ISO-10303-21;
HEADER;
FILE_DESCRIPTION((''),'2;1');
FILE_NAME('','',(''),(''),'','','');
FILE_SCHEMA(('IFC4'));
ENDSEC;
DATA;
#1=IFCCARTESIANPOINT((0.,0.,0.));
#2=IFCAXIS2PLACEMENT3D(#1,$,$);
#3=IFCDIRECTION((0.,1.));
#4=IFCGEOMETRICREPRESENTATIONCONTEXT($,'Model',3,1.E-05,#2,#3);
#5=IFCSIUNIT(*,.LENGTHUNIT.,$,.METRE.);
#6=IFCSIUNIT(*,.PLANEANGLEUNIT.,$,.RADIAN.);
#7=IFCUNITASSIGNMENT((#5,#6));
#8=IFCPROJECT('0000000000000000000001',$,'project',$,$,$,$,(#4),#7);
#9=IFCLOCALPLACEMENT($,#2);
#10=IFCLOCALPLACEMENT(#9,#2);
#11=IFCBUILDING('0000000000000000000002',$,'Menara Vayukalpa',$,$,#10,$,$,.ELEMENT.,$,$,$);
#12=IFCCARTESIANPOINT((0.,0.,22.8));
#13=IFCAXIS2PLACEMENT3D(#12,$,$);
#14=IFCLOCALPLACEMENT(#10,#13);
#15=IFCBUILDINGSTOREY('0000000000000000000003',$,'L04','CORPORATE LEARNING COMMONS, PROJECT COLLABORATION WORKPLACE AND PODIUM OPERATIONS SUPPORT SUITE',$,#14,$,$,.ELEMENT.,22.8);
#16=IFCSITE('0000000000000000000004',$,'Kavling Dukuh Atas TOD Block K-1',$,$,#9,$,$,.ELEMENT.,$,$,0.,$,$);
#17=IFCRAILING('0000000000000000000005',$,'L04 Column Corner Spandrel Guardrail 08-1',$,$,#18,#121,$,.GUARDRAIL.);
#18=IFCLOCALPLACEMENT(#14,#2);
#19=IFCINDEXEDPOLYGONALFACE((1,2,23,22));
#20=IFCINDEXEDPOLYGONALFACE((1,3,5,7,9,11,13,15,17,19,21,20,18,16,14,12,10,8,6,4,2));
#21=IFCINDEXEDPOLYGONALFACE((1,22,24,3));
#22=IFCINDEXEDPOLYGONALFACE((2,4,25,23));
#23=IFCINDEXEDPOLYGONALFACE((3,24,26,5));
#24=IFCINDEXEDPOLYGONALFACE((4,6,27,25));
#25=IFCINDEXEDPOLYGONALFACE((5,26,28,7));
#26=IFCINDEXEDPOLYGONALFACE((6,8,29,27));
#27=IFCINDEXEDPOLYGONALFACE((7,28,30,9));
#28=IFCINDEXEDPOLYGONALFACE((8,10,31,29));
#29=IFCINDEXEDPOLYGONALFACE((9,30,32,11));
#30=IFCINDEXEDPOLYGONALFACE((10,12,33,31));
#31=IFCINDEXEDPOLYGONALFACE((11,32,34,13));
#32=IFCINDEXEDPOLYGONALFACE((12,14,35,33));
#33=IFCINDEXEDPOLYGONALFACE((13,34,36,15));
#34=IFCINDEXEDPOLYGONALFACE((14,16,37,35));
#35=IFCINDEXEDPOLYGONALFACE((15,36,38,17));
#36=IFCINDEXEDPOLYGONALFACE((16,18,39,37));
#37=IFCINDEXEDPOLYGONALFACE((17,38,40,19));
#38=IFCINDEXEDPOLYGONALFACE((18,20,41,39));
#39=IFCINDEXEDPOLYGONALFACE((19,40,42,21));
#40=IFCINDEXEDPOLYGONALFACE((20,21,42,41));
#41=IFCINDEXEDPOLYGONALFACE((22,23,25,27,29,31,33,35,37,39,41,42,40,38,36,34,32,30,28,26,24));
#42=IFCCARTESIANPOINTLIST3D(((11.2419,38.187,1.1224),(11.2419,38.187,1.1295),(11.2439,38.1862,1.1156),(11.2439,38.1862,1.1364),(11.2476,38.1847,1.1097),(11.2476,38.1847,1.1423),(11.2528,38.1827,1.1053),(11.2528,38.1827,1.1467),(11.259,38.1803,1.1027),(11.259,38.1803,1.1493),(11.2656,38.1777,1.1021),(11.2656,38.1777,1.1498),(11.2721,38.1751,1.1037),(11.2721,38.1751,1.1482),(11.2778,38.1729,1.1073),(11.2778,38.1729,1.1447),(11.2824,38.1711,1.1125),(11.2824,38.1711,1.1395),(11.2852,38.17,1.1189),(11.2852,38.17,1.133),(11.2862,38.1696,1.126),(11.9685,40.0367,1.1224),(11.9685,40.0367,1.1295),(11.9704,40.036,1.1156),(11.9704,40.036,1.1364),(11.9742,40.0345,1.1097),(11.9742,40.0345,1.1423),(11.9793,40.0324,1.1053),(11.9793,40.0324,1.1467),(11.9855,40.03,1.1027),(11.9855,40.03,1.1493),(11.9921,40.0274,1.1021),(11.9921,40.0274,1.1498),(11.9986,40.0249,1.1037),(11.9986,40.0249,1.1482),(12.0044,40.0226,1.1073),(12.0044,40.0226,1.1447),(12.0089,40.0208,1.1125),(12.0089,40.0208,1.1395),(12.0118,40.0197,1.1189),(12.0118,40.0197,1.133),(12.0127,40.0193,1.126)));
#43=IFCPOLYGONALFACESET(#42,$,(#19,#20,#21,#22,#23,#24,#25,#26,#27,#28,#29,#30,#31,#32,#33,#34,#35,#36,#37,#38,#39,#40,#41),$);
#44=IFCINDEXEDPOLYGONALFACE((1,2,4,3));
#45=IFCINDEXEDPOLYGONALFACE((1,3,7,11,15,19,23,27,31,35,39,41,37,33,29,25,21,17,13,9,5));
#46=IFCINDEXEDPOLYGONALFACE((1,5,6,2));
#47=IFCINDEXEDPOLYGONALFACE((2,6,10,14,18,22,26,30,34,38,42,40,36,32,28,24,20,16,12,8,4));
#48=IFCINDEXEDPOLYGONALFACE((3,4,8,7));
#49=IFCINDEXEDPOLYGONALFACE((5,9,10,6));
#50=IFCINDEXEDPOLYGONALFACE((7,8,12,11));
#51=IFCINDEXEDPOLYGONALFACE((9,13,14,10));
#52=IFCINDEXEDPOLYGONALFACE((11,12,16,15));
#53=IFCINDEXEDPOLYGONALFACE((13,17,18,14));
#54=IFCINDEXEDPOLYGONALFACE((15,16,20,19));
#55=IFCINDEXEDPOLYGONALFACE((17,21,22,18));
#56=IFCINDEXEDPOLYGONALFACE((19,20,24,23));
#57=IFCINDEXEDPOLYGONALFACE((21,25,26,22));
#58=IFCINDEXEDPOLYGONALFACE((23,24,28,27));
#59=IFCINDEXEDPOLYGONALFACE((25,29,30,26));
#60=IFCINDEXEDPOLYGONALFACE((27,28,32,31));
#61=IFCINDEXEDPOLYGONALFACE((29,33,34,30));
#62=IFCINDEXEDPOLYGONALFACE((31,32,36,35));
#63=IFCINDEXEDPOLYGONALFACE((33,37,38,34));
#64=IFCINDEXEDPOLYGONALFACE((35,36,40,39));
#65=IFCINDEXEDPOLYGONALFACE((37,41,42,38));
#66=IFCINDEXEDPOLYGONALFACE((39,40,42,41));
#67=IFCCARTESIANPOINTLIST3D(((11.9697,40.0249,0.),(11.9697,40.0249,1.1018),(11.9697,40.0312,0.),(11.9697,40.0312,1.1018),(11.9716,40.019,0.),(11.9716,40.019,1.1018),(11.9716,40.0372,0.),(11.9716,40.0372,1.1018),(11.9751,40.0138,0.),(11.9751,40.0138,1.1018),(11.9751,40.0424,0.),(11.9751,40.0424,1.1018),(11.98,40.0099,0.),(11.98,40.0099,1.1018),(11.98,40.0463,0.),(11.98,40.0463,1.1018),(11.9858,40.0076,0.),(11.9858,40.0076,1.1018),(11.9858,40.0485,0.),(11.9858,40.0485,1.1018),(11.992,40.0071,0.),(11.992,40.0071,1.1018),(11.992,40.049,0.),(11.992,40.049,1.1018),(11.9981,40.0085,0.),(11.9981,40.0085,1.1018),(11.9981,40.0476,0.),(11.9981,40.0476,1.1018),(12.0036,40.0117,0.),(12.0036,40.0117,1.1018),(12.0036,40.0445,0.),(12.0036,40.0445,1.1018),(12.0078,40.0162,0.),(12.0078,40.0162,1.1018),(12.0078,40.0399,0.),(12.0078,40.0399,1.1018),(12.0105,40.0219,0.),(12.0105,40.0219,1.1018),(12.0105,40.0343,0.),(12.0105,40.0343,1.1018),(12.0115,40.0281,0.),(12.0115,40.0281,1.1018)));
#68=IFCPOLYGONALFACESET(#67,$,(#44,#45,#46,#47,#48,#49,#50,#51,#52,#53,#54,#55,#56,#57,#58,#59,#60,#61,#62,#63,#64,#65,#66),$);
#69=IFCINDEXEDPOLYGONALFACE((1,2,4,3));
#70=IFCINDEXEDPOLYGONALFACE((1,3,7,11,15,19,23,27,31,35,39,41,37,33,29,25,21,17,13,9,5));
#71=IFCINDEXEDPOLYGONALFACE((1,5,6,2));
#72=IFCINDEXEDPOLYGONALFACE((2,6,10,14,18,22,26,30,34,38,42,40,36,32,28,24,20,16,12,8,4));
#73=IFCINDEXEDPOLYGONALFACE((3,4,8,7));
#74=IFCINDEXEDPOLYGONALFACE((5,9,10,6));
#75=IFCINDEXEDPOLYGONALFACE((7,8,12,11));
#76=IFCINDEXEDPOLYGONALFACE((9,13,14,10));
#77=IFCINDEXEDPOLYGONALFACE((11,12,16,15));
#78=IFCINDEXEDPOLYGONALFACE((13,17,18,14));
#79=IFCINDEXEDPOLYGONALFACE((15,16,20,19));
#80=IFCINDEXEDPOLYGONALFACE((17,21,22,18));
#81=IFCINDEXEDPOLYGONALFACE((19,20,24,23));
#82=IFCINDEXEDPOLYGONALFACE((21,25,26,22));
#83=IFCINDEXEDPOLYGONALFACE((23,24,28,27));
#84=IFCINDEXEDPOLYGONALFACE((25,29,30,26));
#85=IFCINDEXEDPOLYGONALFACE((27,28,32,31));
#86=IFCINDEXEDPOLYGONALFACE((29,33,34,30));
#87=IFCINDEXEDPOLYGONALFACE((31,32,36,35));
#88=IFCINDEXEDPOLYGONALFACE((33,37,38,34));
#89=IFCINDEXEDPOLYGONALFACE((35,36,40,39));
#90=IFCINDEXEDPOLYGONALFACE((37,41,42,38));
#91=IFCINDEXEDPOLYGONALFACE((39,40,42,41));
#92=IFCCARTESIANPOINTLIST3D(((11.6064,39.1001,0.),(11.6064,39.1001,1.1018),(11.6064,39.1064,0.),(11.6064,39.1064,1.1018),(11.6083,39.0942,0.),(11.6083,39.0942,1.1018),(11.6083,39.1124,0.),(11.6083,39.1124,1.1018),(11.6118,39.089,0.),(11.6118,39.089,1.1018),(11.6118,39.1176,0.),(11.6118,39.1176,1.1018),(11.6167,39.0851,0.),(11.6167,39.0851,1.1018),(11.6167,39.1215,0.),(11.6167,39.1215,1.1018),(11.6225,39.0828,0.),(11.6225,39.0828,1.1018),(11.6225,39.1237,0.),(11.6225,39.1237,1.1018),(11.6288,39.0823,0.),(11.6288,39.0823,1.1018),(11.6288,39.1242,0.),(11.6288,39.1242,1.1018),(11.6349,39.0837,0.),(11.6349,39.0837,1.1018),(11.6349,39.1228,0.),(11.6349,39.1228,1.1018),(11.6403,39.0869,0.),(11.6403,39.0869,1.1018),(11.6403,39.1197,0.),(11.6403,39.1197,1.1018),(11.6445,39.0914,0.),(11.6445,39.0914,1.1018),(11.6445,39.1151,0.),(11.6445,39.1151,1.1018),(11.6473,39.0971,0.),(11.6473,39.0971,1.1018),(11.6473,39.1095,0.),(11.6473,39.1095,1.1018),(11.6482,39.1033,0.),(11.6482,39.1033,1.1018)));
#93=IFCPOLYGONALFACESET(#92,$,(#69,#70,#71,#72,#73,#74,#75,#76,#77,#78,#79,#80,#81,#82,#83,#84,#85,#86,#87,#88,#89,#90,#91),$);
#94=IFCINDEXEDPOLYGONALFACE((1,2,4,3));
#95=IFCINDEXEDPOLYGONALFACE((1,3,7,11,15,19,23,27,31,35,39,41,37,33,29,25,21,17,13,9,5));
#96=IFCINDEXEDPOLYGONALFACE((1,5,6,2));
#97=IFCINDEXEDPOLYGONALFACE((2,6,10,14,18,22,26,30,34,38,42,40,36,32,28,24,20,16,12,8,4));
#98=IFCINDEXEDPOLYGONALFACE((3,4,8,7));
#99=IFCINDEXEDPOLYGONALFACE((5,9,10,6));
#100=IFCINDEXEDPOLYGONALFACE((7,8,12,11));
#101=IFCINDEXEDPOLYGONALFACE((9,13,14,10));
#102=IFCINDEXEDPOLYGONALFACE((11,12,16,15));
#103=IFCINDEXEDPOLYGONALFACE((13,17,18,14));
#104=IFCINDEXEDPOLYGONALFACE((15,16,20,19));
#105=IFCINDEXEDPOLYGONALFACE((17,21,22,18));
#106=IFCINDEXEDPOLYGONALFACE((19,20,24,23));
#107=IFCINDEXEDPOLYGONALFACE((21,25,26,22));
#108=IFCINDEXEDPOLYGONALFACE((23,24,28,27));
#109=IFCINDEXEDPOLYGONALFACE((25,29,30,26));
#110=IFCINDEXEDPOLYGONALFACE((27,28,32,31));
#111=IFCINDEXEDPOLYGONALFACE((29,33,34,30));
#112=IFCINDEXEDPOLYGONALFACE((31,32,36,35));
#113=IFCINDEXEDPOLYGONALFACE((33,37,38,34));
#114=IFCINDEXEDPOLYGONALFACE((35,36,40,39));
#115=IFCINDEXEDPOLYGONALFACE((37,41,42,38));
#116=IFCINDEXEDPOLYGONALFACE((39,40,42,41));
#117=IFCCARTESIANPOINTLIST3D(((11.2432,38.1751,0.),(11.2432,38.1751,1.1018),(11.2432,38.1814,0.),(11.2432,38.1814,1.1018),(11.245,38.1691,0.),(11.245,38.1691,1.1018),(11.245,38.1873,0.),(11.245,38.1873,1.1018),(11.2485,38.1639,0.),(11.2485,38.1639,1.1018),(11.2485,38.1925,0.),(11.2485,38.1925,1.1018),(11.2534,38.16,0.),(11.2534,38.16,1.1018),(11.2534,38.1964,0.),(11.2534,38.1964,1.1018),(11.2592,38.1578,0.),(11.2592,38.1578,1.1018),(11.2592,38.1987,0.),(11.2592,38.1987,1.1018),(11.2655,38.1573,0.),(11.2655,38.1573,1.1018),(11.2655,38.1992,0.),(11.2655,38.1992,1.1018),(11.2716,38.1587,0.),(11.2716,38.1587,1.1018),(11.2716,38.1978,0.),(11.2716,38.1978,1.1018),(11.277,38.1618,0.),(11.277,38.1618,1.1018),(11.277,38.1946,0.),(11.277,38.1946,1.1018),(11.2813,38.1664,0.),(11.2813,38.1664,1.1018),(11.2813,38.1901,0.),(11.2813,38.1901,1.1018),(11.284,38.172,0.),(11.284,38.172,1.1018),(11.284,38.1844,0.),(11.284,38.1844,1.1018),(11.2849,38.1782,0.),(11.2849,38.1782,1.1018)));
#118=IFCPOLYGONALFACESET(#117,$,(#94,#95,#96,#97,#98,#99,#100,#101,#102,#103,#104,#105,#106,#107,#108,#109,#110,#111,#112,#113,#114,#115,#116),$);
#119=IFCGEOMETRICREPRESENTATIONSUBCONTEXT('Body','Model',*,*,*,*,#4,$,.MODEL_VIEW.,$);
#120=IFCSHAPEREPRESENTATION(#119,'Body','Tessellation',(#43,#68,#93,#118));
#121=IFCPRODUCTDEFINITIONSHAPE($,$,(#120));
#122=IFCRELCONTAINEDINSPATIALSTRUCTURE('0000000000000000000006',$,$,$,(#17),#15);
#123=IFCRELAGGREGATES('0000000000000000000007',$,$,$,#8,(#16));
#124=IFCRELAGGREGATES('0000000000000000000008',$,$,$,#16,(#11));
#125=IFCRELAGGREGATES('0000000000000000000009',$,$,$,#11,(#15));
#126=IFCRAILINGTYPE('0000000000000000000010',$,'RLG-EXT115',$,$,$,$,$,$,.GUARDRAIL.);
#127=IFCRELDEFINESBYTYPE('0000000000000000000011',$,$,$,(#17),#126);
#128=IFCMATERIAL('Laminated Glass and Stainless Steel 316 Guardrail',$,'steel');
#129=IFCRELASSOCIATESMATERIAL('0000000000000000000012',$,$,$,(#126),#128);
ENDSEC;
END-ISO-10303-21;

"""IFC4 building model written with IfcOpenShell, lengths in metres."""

from ifc_helpers import new_model, si_unit, direction, frame, origin, origin_2d, place, context, subcontext, project, spatial, circle, extrude, material, type_object, element, save


model = new_model("IFC4")

# Units and contexts
model_context = context("Model", 3, precision=1e-05, world=origin(), true_north=direction((0.0, 1.0)))
body_context = subcontext(model_context, "Body", "Model", "MODEL_VIEW")
ifc_project = project(units=[si_unit("LENGTHUNIT", "METRE"), si_unit("PLANEANGLEUNIT", "RADIAN")], contexts=[model_context])

# Site, building, storey
site_placement = place(None, origin())
site = spatial("IfcSite", under=ifc_project, at=site_placement, Name="Kavling Dukuh Atas TOD Block K-1", CompositionType="ELEMENT", RefElevation=0.0)
building_placement = place(site_placement, origin())
building = spatial("IfcBuilding", under=site, at=building_placement, Name="Menara Vayukalpa", CompositionType="ELEMENT")
storey_placement = place(building_placement, frame((0.0, 0.0, 22.8)))
storey = spatial("IfcBuildingStorey", under=building, at=storey_placement, Name="L04", Description="CORPORATE LEARNING COMMONS, PROJECT COLLABORATION WORKPLACE AND PODIUM OPERATIONS SUPPORT SUITE", CompositionType="ELEMENT", Elevation=22.8)

# Railing
ifc_material_1 = material(Name="Laminated Glass and Stainless Steel 316 Guardrail", Category="steel")
railing_type_1 = type_object("IfcRailingType", Name="RLG-EXT115", PredefinedType="GUARDRAIL", material=ifc_material_1)
railing_1_placement = place(storey_placement, frame((11.9905, 40.0281, 0.0)))
element("IfcRailing", 1, at=railing_1_placement, inside=storey, type_object=railing_type_1, Name="L04 Column Corner Spandrel Guardrail 08-1", PredefinedType="GUARDRAIL", context=body_context, shape_type="SweptSolid", body=[
    extrude(circle(Radius=0.0239, at=origin_2d()), frame((0.0, 0.0, 1.126), z_axis=(-0.36558, -0.93078, 0.0), x_axis=(0.93078, -0.36558, 0.0)), (0.0, 0.0, 1.0), 1.9873),
    extrude(circle(Radius=0.021, at=origin_2d()), origin(), (0.0, 0.0, 1.0), 1.1018),
    extrude(circle(Radius=0.021, at=origin_2d()), frame((-0.3633, -0.9248, 0.0)), (0.0, 0.0, 1.0), 1.1018),
    extrude(circle(Radius=0.021, at=origin_2d()), frame((-0.7266, -1.8499, 0.0)), (0.0, 0.0, 1.0), 1.1018),
])

save(model, "model.ifc")
